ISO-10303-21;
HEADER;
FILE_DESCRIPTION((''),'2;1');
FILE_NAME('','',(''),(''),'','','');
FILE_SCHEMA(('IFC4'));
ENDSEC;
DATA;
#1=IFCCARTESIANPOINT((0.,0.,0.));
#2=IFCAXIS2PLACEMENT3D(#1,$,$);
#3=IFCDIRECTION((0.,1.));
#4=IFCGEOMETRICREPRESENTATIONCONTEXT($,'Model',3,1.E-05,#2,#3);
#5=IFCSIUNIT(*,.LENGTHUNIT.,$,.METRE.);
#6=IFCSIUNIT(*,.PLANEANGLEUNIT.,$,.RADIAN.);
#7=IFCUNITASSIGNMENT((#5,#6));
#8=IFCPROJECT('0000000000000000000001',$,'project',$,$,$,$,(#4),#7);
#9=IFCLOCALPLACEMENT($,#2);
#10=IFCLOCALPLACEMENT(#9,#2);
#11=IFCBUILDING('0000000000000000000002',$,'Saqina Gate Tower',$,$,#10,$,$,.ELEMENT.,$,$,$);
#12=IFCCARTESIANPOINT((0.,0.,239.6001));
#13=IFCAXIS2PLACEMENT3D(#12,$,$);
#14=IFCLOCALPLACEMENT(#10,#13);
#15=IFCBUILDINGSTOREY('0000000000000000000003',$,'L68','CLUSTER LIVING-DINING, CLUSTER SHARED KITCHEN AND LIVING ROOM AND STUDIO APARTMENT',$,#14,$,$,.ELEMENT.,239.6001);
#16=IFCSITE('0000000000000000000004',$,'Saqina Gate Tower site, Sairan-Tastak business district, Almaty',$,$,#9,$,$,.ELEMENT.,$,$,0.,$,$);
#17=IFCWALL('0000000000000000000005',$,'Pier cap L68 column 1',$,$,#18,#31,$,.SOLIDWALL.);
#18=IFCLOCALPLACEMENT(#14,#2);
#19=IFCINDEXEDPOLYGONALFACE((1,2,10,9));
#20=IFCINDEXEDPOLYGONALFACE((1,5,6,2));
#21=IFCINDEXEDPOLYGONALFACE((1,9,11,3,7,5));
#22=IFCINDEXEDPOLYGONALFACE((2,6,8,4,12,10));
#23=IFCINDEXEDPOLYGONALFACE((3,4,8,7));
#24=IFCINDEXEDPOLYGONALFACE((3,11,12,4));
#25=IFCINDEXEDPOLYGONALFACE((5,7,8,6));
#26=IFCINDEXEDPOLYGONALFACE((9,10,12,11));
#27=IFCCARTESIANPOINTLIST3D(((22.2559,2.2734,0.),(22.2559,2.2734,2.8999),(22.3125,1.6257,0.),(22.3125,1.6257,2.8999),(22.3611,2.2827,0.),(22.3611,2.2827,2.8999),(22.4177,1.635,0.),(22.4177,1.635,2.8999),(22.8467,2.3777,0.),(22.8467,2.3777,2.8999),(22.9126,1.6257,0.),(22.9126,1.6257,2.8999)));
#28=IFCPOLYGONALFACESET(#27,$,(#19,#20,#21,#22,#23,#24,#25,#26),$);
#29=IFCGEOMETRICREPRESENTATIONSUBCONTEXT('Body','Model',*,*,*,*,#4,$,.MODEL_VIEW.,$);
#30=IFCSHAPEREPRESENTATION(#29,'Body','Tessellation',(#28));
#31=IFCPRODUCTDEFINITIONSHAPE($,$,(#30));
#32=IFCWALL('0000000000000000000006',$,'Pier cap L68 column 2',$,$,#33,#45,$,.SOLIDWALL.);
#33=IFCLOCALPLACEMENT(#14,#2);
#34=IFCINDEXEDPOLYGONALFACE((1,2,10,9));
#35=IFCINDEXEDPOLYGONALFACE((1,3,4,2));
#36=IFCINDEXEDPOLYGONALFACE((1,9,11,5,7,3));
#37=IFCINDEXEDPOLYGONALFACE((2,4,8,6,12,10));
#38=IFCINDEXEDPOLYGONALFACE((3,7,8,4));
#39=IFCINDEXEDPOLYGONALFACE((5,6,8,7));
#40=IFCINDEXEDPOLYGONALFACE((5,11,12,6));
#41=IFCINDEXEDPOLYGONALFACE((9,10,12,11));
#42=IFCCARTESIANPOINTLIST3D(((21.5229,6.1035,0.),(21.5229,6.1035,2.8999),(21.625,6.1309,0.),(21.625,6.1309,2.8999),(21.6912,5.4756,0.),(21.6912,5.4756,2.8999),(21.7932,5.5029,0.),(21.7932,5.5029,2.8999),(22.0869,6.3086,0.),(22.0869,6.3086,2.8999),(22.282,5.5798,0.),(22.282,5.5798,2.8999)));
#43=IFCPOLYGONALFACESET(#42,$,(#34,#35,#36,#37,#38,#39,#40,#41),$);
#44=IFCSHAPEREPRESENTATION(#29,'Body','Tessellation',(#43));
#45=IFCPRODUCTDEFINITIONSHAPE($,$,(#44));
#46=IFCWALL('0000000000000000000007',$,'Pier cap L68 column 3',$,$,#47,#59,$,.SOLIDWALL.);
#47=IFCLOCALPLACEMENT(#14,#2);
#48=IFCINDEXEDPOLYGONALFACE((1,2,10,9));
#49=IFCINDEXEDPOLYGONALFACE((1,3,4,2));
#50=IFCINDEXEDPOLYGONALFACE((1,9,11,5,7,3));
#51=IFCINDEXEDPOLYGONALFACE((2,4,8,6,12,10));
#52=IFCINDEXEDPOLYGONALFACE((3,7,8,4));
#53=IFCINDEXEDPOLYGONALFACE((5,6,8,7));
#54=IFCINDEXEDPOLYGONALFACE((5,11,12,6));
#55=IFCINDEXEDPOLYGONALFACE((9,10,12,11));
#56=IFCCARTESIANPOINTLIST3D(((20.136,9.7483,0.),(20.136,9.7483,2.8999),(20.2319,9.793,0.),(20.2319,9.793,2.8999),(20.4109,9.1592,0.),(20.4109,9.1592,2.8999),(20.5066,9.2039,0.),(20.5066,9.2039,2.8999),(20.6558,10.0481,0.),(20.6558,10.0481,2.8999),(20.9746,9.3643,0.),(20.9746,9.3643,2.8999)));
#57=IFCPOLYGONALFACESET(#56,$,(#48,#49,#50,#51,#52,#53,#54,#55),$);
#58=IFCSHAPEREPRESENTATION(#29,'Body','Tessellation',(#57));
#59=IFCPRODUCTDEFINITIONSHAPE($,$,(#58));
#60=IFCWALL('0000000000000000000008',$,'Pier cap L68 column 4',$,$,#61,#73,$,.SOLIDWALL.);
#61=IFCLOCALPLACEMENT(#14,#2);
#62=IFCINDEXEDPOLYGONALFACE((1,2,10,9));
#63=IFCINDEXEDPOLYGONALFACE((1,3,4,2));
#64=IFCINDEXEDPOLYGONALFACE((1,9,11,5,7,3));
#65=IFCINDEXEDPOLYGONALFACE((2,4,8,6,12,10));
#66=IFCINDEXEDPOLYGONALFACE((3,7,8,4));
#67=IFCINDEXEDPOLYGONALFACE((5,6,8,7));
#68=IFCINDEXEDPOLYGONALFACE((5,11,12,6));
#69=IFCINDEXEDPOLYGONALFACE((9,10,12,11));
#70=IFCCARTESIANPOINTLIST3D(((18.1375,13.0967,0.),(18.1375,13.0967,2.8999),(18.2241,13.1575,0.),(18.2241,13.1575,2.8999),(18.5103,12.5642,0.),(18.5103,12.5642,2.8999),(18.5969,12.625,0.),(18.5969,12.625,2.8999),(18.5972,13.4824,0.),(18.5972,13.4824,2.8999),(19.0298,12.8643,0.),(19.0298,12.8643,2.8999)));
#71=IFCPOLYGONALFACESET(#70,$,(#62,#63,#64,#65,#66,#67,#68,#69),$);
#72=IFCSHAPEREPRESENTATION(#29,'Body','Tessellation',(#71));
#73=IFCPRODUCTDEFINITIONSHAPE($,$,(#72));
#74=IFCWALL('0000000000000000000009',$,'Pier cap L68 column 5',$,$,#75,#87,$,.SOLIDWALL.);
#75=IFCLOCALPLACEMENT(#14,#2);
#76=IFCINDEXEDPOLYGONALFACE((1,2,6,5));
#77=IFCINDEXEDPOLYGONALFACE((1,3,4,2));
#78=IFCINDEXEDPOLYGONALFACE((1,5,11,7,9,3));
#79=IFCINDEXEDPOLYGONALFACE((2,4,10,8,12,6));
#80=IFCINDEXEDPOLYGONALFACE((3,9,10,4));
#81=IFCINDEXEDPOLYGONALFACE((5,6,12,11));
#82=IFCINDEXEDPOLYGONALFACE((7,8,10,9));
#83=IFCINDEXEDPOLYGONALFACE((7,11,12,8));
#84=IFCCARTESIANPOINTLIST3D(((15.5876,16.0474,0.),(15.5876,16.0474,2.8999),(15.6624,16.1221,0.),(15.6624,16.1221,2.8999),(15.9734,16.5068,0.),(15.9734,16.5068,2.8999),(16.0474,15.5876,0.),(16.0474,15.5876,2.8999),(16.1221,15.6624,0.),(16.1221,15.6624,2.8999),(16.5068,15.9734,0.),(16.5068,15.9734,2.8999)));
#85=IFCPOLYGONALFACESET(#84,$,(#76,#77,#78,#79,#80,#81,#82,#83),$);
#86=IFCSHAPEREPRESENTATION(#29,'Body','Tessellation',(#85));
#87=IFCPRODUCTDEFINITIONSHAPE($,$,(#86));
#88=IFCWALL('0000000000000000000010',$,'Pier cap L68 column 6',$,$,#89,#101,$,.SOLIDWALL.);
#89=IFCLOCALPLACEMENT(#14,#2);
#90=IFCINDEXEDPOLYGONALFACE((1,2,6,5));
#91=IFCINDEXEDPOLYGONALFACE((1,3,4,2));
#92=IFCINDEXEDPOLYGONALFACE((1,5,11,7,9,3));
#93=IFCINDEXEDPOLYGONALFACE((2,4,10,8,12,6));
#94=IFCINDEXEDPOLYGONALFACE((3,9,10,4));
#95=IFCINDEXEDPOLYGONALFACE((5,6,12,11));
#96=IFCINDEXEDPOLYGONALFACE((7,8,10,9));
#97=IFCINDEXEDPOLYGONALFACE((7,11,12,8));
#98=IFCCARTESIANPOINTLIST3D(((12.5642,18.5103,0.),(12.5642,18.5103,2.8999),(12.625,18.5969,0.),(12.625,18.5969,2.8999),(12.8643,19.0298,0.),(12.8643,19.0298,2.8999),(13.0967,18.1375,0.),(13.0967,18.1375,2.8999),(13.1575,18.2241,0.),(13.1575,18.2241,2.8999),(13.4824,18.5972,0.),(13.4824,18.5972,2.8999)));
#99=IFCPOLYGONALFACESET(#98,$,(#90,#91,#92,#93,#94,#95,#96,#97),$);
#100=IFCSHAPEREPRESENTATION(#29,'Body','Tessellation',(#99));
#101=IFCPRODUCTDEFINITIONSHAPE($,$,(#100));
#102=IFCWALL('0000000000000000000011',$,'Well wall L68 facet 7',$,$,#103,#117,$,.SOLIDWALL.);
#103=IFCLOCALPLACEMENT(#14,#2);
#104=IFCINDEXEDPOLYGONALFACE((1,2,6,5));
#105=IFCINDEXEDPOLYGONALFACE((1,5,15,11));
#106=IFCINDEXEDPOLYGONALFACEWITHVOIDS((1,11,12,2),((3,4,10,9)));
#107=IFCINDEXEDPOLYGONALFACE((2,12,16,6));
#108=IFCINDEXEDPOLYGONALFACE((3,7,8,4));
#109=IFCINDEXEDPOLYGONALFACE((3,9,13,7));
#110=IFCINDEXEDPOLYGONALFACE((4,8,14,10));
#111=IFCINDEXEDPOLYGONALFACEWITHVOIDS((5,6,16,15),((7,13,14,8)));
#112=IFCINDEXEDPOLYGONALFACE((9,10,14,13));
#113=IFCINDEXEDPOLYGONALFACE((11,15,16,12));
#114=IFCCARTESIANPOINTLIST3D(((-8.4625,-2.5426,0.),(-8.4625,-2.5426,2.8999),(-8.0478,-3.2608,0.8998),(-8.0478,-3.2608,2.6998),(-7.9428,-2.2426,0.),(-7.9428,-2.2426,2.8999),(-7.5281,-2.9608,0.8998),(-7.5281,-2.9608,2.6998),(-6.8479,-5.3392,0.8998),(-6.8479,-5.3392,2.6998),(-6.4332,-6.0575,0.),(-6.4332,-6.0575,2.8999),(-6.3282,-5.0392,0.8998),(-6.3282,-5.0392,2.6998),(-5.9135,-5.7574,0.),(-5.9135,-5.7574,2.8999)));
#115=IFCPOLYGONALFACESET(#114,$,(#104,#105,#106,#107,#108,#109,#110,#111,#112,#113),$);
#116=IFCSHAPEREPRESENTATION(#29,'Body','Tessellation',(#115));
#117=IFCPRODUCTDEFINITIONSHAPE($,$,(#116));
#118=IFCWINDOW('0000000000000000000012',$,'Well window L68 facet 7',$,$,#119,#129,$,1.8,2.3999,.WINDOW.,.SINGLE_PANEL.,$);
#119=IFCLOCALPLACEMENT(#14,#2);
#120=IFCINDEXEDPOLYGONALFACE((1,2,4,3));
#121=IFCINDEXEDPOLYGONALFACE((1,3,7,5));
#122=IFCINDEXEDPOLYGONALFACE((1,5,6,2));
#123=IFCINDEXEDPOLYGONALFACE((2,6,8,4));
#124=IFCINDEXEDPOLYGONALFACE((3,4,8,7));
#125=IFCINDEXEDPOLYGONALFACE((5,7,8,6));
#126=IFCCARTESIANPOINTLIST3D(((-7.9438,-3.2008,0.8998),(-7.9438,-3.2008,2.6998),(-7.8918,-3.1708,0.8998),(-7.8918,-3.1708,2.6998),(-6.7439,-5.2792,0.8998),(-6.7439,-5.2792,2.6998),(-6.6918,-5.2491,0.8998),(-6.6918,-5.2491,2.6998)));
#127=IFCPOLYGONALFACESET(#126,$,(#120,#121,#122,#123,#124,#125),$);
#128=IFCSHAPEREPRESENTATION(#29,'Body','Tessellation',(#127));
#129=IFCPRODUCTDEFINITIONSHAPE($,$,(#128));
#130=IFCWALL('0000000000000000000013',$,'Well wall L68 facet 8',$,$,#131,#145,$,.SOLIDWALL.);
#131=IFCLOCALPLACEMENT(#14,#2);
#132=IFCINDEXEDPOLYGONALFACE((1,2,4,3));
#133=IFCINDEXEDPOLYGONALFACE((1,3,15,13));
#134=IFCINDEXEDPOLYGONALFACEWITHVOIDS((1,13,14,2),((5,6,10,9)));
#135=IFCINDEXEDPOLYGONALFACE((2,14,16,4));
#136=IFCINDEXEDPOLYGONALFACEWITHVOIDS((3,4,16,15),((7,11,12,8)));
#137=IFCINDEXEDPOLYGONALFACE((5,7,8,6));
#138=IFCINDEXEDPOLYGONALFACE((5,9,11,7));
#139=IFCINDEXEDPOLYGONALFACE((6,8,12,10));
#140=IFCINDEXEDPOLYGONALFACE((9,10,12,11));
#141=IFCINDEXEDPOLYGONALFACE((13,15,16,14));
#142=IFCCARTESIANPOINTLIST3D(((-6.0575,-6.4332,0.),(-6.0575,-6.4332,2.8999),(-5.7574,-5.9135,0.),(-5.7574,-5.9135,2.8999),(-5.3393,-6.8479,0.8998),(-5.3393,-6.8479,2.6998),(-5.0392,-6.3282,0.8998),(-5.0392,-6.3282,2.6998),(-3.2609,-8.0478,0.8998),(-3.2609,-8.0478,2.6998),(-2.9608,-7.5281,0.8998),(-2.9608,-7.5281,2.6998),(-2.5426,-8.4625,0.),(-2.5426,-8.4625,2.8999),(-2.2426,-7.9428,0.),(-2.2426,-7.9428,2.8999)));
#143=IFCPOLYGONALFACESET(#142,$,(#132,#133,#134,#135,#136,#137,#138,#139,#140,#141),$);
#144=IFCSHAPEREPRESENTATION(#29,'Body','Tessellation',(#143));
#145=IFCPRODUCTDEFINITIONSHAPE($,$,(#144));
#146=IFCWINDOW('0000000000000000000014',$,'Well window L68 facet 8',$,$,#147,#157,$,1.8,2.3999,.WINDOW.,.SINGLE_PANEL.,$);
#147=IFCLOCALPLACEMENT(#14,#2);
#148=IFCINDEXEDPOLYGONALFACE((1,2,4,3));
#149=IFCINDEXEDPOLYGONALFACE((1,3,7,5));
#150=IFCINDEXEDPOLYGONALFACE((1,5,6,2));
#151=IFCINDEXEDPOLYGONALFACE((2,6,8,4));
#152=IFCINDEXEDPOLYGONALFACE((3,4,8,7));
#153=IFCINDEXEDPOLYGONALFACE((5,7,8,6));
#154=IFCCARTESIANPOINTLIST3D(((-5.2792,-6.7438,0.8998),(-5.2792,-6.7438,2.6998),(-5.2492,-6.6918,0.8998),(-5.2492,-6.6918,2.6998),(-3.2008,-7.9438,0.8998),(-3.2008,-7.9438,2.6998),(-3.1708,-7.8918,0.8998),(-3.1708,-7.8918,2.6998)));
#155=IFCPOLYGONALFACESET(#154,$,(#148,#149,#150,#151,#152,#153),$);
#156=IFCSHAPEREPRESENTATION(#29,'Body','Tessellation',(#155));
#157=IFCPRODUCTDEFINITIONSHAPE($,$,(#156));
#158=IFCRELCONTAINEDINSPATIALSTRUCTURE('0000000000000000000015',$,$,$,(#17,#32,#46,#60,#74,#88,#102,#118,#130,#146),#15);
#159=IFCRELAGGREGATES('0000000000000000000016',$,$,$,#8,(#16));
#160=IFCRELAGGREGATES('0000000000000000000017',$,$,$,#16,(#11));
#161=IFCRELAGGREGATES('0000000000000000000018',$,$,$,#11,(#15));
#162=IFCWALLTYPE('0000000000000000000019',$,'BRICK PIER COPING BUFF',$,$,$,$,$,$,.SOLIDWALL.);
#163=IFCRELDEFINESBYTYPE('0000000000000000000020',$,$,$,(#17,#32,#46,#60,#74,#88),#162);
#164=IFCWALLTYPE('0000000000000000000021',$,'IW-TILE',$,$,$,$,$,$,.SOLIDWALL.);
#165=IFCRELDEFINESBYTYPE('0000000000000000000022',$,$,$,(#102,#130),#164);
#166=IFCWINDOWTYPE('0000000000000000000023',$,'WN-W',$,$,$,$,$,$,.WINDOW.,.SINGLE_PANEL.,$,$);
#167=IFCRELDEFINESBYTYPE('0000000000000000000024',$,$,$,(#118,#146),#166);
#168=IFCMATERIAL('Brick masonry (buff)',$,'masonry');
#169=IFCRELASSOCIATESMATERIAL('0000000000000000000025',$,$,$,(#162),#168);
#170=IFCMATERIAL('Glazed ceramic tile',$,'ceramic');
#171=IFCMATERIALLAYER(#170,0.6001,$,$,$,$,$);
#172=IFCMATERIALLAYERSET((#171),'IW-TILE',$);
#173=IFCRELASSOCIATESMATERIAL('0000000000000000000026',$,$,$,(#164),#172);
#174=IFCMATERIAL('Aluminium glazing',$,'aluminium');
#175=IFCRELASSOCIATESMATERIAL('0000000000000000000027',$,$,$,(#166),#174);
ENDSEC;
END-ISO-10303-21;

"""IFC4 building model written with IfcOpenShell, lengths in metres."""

from ifc_helpers import new_model, si_unit, direction, frame, frame_2d, origin, place, context, subcontext, project, spatial, polyline, rectangle, outline, extrude, material, layer, layer_set, type_object, element, fill, save


model = new_model("IFC4")

# Units and contexts
model_context = context("Model", 3, precision=1e-05, world=origin(), true_north=direction((0.0, 1.0)))
body_context = subcontext(model_context, "Body", "Model", "MODEL_VIEW")
ifc_project = project(units=[si_unit("LENGTHUNIT", "METRE"), si_unit("PLANEANGLEUNIT", "RADIAN")], contexts=[model_context])

# Site, building, storey
site_placement = place(None, origin())
site = spatial("IfcSite", under=ifc_project, at=site_placement, Name="Saqina Gate Tower site, Sairan-Tastak business district, Almaty", CompositionType="ELEMENT", RefElevation=0.0)
building_placement = place(site_placement, origin())
building = spatial("IfcBuilding", under=site, at=building_placement, Name="Saqina Gate Tower", CompositionType="ELEMENT")
storey_placement = place(building_placement, frame((0.0, 0.0, 239.6001)))
storey = spatial("IfcBuildingStorey", under=building, at=storey_placement, Name="L68", Description="CLUSTER LIVING-DINING, CLUSTER SHARED KITCHEN AND LIVING ROOM AND STUDIO APARTMENT", CompositionType="ELEMENT", Elevation=239.6001)

# Walls
ifc_material_1 = material(Name="Brick masonry (buff)", Category="masonry")
wall_type_1 = type_object("IfcWallType", Name="BRICK PIER COPING BUFF", PredefinedType="SOLIDWALL", material=ifc_material_1)
wall_1_placement = place(storey_placement, origin())
element("IfcWall", 1, at=wall_1_placement, inside=storey, type_object=wall_type_1, Name="Pier cap L68 column 1", PredefinedType="SOLIDWALL", context=body_context, shape_type="SweptSolid", body=[
    extrude(outline(polyline([(22.9126, 1.6257), (22.8467, 2.3777), (22.2559, 2.2734), (22.3611, 2.2827), (22.4177, 1.635), (22.3125, 1.6257), (22.9126, 1.6257)])), origin(), (0.0, 0.0, 1.0), 2.8999),
])
wall_2_placement = place(storey_placement, origin())
element("IfcWall", 2, at=wall_2_placement, inside=storey, type_object=wall_type_1, Name="Pier cap L68 column 2", PredefinedType="SOLIDWALL", context=body_context, shape_type="SweptSolid", body=[
    extrude(outline(polyline([(22.0869, 6.3086), (21.5229, 6.1035), (21.625, 6.1309), (21.7932, 5.5029), (21.6912, 5.4756), (22.282, 5.5798), (22.0869, 6.3086)])), origin(), (0.0, 0.0, 1.0), 2.8999),
])
wall_3_placement = place(storey_placement, origin())
element("IfcWall", 3, at=wall_3_placement, inside=storey, type_object=wall_type_1, Name="Pier cap L68 column 3", PredefinedType="SOLIDWALL", context=body_context, shape_type="SweptSolid", body=[
    extrude(outline(polyline([(20.9746, 9.3643), (20.6558, 10.0481), (20.136, 9.7483), (20.2319, 9.793), (20.5066, 9.2039), (20.4109, 9.1592), (20.9746, 9.3643)])), origin(), (0.0, 0.0, 1.0), 2.8999),
])
wall_4_placement = place(storey_placement, origin())
element("IfcWall", 4, at=wall_4_placement, inside=storey, type_object=wall_type_1, Name="Pier cap L68 column 4", PredefinedType="SOLIDWALL", context=body_context, shape_type="SweptSolid", body=[
    extrude(outline(polyline([(19.0298, 12.8643), (18.5972, 13.4824), (18.1375, 13.0967), (18.2241, 13.1575), (18.5969, 12.625), (18.5103, 12.5642), (19.0298, 12.8643)])), origin(), (0.0, 0.0, 1.0), 2.8999),
])
wall_5_placement = place(storey_placement, origin())
element("IfcWall", 5, at=wall_5_placement, inside=storey, type_object=wall_type_1, Name="Pier cap L68 column 5", PredefinedType="SOLIDWALL", context=body_context, shape_type="SweptSolid", body=[
    extrude(outline(polyline([(15.9734, 16.5068), (15.5876, 16.0474), (15.6624, 16.1221), (16.1221, 15.6624), (16.0474, 15.5876), (16.5068, 15.9734), (15.9734, 16.5068)])), origin(), (0.0, 0.0, 1.0), 2.8999),
])
wall_6_placement = place(storey_placement, origin())
element("IfcWall", 6, at=wall_6_placement, inside=storey, type_object=wall_type_1, Name="Pier cap L68 column 6", PredefinedType="SOLIDWALL", context=body_context, shape_type="SweptSolid", body=[
    extrude(outline(polyline([(12.8643, 19.0298), (12.5642, 18.5103), (12.625, 18.5969), (13.1575, 18.2241), (13.0967, 18.1375), (13.4824, 18.5972), (12.8643, 19.0298)])), origin(), (0.0, 0.0, 1.0), 2.8999),
])

# Walls, openings, windows
ifc_material_2 = material(Name="Glazed ceramic tile", Category="ceramic")
ifc_layer_1 = layer(ifc_material_2, 0.6001)
ifc_layer_set_1 = layer_set([ifc_layer_1], Name="IW-TILE")
wall_type_2 = type_object("IfcWallType", Name="IW-TILE", PredefinedType="SOLIDWALL", material=ifc_layer_set_1)
wall_7_placement = place(storey_placement, frame((-8.2026, -2.3926, 0.0), z_axis=(0.0, 0.0, 1.0), x_axis=(0.499995, -0.866028, 0.0)))
wall_7 = element("IfcWall", 7, at=wall_7_placement, inside=storey, type_object=wall_type_2, Name="Well wall L68 facet 7", PredefinedType="SOLIDWALL", context=body_context, shape_type="SweptSolid", body=[
    extrude(rectangle(XDim=4.0586, YDim=0.6001, at=frame_2d((2.0293, 0.0))), origin(), (0.0, 0.0, 1.0), 2.8999),
])
opening_1_placement = place(wall_7_placement, frame((0.8293, 0.0, 0.8999)))
opening_1 = element("IfcOpeningElement", 8, at=opening_1_placement, cuts=wall_7, PredefinedType="OPENING", context=body_context, shape_type="SweptSolid", body=[
    extrude(rectangle(XDim=2.3999, YDim=1.8, at=frame_2d((1.2, 0.8999))), frame((0.0, 0.312, 0.0), z_axis=(0.0, -1.0, 0.0), x_axis=(1.0, 0.0, 0.0)), (0.0, 0.0, 1.0), 0.624),
])
ifc_material_3 = material(Name="Aluminium glazing", Category="aluminium")
window_type = type_object("IfcWindowType", Name="WN-W", PartitioningType="SINGLE_PANEL", PredefinedType="WINDOW", material=ifc_material_3)
window_1_placement = place(opening_1_placement, origin())
window_1 = element("IfcWindow", 9, at=window_1_placement, inside=storey, type_object=window_type, Name="Well window L68 facet 7", OverallHeight=1.8, OverallWidth=2.3999, PartitioningType="SINGLE_PANEL", PredefinedType="WINDOW", context=body_context, shape_type="SweptSolid", body=[
    extrude(rectangle(XDim=2.3999, YDim=1.8, at=frame_2d((1.2, 0.8999))), frame((0.0, -0.1199, 0.0), z_axis=(0.0, -1.0, 0.0), x_axis=(1.0, 0.0, 0.0)), (0.0, 0.0, 1.0), 0.0601),
])
fill(opening_1, window_1)
wall_8_placement = place(storey_placement, frame((-5.9075, -6.1733, 0.0), z_axis=(0.0, 0.0, 1.0), x_axis=(0.866028, -0.499995, 0.0)))
wall_8 = element("IfcWall", 10, at=wall_8_placement, inside=storey, type_object=wall_type_2, Name="Well wall L68 facet 8", PredefinedType="SOLIDWALL", context=body_context, shape_type="SweptSolid", body=[
    extrude(rectangle(XDim=4.0586, YDim=0.6001, at=frame_2d((2.0293, 0.0))), origin(), (0.0, 0.0, 1.0), 2.8999),
])
opening_2_placement = place(wall_8_placement, frame((0.8293, 0.0, 0.8999)))
opening_2 = element("IfcOpeningElement", 11, at=opening_2_placement, cuts=wall_8, PredefinedType="OPENING", context=body_context, shape_type="SweptSolid", body=[
    extrude(rectangle(XDim=2.3999, YDim=1.8, at=frame_2d((1.2, 0.8999))), frame((0.0, 0.312, 0.0), z_axis=(0.0, -1.0, 0.0), x_axis=(1.0, 0.0, 0.0)), (0.0, 0.0, 1.0), 0.624),
])
window_2_placement = place(opening_2_placement, origin())
window_2 = element("IfcWindow", 12, at=window_2_placement, inside=storey, type_object=window_type, Name="Well window L68 facet 8", OverallHeight=1.8, OverallWidth=2.3999, PartitioningType="SINGLE_PANEL", PredefinedType="WINDOW", context=body_context, shape_type="SweptSolid", body=[
    extrude(rectangle(XDim=2.3999, YDim=1.8, at=frame_2d((1.2, 0.8999))), frame((0.0, -0.1199, 0.0), z_axis=(0.0, -1.0, 0.0), x_axis=(1.0, 0.0, 0.0)), (0.0, 0.0, 1.0), 0.0601),
])
fill(opening_2, window_2)

save(model, "model.ifc")
